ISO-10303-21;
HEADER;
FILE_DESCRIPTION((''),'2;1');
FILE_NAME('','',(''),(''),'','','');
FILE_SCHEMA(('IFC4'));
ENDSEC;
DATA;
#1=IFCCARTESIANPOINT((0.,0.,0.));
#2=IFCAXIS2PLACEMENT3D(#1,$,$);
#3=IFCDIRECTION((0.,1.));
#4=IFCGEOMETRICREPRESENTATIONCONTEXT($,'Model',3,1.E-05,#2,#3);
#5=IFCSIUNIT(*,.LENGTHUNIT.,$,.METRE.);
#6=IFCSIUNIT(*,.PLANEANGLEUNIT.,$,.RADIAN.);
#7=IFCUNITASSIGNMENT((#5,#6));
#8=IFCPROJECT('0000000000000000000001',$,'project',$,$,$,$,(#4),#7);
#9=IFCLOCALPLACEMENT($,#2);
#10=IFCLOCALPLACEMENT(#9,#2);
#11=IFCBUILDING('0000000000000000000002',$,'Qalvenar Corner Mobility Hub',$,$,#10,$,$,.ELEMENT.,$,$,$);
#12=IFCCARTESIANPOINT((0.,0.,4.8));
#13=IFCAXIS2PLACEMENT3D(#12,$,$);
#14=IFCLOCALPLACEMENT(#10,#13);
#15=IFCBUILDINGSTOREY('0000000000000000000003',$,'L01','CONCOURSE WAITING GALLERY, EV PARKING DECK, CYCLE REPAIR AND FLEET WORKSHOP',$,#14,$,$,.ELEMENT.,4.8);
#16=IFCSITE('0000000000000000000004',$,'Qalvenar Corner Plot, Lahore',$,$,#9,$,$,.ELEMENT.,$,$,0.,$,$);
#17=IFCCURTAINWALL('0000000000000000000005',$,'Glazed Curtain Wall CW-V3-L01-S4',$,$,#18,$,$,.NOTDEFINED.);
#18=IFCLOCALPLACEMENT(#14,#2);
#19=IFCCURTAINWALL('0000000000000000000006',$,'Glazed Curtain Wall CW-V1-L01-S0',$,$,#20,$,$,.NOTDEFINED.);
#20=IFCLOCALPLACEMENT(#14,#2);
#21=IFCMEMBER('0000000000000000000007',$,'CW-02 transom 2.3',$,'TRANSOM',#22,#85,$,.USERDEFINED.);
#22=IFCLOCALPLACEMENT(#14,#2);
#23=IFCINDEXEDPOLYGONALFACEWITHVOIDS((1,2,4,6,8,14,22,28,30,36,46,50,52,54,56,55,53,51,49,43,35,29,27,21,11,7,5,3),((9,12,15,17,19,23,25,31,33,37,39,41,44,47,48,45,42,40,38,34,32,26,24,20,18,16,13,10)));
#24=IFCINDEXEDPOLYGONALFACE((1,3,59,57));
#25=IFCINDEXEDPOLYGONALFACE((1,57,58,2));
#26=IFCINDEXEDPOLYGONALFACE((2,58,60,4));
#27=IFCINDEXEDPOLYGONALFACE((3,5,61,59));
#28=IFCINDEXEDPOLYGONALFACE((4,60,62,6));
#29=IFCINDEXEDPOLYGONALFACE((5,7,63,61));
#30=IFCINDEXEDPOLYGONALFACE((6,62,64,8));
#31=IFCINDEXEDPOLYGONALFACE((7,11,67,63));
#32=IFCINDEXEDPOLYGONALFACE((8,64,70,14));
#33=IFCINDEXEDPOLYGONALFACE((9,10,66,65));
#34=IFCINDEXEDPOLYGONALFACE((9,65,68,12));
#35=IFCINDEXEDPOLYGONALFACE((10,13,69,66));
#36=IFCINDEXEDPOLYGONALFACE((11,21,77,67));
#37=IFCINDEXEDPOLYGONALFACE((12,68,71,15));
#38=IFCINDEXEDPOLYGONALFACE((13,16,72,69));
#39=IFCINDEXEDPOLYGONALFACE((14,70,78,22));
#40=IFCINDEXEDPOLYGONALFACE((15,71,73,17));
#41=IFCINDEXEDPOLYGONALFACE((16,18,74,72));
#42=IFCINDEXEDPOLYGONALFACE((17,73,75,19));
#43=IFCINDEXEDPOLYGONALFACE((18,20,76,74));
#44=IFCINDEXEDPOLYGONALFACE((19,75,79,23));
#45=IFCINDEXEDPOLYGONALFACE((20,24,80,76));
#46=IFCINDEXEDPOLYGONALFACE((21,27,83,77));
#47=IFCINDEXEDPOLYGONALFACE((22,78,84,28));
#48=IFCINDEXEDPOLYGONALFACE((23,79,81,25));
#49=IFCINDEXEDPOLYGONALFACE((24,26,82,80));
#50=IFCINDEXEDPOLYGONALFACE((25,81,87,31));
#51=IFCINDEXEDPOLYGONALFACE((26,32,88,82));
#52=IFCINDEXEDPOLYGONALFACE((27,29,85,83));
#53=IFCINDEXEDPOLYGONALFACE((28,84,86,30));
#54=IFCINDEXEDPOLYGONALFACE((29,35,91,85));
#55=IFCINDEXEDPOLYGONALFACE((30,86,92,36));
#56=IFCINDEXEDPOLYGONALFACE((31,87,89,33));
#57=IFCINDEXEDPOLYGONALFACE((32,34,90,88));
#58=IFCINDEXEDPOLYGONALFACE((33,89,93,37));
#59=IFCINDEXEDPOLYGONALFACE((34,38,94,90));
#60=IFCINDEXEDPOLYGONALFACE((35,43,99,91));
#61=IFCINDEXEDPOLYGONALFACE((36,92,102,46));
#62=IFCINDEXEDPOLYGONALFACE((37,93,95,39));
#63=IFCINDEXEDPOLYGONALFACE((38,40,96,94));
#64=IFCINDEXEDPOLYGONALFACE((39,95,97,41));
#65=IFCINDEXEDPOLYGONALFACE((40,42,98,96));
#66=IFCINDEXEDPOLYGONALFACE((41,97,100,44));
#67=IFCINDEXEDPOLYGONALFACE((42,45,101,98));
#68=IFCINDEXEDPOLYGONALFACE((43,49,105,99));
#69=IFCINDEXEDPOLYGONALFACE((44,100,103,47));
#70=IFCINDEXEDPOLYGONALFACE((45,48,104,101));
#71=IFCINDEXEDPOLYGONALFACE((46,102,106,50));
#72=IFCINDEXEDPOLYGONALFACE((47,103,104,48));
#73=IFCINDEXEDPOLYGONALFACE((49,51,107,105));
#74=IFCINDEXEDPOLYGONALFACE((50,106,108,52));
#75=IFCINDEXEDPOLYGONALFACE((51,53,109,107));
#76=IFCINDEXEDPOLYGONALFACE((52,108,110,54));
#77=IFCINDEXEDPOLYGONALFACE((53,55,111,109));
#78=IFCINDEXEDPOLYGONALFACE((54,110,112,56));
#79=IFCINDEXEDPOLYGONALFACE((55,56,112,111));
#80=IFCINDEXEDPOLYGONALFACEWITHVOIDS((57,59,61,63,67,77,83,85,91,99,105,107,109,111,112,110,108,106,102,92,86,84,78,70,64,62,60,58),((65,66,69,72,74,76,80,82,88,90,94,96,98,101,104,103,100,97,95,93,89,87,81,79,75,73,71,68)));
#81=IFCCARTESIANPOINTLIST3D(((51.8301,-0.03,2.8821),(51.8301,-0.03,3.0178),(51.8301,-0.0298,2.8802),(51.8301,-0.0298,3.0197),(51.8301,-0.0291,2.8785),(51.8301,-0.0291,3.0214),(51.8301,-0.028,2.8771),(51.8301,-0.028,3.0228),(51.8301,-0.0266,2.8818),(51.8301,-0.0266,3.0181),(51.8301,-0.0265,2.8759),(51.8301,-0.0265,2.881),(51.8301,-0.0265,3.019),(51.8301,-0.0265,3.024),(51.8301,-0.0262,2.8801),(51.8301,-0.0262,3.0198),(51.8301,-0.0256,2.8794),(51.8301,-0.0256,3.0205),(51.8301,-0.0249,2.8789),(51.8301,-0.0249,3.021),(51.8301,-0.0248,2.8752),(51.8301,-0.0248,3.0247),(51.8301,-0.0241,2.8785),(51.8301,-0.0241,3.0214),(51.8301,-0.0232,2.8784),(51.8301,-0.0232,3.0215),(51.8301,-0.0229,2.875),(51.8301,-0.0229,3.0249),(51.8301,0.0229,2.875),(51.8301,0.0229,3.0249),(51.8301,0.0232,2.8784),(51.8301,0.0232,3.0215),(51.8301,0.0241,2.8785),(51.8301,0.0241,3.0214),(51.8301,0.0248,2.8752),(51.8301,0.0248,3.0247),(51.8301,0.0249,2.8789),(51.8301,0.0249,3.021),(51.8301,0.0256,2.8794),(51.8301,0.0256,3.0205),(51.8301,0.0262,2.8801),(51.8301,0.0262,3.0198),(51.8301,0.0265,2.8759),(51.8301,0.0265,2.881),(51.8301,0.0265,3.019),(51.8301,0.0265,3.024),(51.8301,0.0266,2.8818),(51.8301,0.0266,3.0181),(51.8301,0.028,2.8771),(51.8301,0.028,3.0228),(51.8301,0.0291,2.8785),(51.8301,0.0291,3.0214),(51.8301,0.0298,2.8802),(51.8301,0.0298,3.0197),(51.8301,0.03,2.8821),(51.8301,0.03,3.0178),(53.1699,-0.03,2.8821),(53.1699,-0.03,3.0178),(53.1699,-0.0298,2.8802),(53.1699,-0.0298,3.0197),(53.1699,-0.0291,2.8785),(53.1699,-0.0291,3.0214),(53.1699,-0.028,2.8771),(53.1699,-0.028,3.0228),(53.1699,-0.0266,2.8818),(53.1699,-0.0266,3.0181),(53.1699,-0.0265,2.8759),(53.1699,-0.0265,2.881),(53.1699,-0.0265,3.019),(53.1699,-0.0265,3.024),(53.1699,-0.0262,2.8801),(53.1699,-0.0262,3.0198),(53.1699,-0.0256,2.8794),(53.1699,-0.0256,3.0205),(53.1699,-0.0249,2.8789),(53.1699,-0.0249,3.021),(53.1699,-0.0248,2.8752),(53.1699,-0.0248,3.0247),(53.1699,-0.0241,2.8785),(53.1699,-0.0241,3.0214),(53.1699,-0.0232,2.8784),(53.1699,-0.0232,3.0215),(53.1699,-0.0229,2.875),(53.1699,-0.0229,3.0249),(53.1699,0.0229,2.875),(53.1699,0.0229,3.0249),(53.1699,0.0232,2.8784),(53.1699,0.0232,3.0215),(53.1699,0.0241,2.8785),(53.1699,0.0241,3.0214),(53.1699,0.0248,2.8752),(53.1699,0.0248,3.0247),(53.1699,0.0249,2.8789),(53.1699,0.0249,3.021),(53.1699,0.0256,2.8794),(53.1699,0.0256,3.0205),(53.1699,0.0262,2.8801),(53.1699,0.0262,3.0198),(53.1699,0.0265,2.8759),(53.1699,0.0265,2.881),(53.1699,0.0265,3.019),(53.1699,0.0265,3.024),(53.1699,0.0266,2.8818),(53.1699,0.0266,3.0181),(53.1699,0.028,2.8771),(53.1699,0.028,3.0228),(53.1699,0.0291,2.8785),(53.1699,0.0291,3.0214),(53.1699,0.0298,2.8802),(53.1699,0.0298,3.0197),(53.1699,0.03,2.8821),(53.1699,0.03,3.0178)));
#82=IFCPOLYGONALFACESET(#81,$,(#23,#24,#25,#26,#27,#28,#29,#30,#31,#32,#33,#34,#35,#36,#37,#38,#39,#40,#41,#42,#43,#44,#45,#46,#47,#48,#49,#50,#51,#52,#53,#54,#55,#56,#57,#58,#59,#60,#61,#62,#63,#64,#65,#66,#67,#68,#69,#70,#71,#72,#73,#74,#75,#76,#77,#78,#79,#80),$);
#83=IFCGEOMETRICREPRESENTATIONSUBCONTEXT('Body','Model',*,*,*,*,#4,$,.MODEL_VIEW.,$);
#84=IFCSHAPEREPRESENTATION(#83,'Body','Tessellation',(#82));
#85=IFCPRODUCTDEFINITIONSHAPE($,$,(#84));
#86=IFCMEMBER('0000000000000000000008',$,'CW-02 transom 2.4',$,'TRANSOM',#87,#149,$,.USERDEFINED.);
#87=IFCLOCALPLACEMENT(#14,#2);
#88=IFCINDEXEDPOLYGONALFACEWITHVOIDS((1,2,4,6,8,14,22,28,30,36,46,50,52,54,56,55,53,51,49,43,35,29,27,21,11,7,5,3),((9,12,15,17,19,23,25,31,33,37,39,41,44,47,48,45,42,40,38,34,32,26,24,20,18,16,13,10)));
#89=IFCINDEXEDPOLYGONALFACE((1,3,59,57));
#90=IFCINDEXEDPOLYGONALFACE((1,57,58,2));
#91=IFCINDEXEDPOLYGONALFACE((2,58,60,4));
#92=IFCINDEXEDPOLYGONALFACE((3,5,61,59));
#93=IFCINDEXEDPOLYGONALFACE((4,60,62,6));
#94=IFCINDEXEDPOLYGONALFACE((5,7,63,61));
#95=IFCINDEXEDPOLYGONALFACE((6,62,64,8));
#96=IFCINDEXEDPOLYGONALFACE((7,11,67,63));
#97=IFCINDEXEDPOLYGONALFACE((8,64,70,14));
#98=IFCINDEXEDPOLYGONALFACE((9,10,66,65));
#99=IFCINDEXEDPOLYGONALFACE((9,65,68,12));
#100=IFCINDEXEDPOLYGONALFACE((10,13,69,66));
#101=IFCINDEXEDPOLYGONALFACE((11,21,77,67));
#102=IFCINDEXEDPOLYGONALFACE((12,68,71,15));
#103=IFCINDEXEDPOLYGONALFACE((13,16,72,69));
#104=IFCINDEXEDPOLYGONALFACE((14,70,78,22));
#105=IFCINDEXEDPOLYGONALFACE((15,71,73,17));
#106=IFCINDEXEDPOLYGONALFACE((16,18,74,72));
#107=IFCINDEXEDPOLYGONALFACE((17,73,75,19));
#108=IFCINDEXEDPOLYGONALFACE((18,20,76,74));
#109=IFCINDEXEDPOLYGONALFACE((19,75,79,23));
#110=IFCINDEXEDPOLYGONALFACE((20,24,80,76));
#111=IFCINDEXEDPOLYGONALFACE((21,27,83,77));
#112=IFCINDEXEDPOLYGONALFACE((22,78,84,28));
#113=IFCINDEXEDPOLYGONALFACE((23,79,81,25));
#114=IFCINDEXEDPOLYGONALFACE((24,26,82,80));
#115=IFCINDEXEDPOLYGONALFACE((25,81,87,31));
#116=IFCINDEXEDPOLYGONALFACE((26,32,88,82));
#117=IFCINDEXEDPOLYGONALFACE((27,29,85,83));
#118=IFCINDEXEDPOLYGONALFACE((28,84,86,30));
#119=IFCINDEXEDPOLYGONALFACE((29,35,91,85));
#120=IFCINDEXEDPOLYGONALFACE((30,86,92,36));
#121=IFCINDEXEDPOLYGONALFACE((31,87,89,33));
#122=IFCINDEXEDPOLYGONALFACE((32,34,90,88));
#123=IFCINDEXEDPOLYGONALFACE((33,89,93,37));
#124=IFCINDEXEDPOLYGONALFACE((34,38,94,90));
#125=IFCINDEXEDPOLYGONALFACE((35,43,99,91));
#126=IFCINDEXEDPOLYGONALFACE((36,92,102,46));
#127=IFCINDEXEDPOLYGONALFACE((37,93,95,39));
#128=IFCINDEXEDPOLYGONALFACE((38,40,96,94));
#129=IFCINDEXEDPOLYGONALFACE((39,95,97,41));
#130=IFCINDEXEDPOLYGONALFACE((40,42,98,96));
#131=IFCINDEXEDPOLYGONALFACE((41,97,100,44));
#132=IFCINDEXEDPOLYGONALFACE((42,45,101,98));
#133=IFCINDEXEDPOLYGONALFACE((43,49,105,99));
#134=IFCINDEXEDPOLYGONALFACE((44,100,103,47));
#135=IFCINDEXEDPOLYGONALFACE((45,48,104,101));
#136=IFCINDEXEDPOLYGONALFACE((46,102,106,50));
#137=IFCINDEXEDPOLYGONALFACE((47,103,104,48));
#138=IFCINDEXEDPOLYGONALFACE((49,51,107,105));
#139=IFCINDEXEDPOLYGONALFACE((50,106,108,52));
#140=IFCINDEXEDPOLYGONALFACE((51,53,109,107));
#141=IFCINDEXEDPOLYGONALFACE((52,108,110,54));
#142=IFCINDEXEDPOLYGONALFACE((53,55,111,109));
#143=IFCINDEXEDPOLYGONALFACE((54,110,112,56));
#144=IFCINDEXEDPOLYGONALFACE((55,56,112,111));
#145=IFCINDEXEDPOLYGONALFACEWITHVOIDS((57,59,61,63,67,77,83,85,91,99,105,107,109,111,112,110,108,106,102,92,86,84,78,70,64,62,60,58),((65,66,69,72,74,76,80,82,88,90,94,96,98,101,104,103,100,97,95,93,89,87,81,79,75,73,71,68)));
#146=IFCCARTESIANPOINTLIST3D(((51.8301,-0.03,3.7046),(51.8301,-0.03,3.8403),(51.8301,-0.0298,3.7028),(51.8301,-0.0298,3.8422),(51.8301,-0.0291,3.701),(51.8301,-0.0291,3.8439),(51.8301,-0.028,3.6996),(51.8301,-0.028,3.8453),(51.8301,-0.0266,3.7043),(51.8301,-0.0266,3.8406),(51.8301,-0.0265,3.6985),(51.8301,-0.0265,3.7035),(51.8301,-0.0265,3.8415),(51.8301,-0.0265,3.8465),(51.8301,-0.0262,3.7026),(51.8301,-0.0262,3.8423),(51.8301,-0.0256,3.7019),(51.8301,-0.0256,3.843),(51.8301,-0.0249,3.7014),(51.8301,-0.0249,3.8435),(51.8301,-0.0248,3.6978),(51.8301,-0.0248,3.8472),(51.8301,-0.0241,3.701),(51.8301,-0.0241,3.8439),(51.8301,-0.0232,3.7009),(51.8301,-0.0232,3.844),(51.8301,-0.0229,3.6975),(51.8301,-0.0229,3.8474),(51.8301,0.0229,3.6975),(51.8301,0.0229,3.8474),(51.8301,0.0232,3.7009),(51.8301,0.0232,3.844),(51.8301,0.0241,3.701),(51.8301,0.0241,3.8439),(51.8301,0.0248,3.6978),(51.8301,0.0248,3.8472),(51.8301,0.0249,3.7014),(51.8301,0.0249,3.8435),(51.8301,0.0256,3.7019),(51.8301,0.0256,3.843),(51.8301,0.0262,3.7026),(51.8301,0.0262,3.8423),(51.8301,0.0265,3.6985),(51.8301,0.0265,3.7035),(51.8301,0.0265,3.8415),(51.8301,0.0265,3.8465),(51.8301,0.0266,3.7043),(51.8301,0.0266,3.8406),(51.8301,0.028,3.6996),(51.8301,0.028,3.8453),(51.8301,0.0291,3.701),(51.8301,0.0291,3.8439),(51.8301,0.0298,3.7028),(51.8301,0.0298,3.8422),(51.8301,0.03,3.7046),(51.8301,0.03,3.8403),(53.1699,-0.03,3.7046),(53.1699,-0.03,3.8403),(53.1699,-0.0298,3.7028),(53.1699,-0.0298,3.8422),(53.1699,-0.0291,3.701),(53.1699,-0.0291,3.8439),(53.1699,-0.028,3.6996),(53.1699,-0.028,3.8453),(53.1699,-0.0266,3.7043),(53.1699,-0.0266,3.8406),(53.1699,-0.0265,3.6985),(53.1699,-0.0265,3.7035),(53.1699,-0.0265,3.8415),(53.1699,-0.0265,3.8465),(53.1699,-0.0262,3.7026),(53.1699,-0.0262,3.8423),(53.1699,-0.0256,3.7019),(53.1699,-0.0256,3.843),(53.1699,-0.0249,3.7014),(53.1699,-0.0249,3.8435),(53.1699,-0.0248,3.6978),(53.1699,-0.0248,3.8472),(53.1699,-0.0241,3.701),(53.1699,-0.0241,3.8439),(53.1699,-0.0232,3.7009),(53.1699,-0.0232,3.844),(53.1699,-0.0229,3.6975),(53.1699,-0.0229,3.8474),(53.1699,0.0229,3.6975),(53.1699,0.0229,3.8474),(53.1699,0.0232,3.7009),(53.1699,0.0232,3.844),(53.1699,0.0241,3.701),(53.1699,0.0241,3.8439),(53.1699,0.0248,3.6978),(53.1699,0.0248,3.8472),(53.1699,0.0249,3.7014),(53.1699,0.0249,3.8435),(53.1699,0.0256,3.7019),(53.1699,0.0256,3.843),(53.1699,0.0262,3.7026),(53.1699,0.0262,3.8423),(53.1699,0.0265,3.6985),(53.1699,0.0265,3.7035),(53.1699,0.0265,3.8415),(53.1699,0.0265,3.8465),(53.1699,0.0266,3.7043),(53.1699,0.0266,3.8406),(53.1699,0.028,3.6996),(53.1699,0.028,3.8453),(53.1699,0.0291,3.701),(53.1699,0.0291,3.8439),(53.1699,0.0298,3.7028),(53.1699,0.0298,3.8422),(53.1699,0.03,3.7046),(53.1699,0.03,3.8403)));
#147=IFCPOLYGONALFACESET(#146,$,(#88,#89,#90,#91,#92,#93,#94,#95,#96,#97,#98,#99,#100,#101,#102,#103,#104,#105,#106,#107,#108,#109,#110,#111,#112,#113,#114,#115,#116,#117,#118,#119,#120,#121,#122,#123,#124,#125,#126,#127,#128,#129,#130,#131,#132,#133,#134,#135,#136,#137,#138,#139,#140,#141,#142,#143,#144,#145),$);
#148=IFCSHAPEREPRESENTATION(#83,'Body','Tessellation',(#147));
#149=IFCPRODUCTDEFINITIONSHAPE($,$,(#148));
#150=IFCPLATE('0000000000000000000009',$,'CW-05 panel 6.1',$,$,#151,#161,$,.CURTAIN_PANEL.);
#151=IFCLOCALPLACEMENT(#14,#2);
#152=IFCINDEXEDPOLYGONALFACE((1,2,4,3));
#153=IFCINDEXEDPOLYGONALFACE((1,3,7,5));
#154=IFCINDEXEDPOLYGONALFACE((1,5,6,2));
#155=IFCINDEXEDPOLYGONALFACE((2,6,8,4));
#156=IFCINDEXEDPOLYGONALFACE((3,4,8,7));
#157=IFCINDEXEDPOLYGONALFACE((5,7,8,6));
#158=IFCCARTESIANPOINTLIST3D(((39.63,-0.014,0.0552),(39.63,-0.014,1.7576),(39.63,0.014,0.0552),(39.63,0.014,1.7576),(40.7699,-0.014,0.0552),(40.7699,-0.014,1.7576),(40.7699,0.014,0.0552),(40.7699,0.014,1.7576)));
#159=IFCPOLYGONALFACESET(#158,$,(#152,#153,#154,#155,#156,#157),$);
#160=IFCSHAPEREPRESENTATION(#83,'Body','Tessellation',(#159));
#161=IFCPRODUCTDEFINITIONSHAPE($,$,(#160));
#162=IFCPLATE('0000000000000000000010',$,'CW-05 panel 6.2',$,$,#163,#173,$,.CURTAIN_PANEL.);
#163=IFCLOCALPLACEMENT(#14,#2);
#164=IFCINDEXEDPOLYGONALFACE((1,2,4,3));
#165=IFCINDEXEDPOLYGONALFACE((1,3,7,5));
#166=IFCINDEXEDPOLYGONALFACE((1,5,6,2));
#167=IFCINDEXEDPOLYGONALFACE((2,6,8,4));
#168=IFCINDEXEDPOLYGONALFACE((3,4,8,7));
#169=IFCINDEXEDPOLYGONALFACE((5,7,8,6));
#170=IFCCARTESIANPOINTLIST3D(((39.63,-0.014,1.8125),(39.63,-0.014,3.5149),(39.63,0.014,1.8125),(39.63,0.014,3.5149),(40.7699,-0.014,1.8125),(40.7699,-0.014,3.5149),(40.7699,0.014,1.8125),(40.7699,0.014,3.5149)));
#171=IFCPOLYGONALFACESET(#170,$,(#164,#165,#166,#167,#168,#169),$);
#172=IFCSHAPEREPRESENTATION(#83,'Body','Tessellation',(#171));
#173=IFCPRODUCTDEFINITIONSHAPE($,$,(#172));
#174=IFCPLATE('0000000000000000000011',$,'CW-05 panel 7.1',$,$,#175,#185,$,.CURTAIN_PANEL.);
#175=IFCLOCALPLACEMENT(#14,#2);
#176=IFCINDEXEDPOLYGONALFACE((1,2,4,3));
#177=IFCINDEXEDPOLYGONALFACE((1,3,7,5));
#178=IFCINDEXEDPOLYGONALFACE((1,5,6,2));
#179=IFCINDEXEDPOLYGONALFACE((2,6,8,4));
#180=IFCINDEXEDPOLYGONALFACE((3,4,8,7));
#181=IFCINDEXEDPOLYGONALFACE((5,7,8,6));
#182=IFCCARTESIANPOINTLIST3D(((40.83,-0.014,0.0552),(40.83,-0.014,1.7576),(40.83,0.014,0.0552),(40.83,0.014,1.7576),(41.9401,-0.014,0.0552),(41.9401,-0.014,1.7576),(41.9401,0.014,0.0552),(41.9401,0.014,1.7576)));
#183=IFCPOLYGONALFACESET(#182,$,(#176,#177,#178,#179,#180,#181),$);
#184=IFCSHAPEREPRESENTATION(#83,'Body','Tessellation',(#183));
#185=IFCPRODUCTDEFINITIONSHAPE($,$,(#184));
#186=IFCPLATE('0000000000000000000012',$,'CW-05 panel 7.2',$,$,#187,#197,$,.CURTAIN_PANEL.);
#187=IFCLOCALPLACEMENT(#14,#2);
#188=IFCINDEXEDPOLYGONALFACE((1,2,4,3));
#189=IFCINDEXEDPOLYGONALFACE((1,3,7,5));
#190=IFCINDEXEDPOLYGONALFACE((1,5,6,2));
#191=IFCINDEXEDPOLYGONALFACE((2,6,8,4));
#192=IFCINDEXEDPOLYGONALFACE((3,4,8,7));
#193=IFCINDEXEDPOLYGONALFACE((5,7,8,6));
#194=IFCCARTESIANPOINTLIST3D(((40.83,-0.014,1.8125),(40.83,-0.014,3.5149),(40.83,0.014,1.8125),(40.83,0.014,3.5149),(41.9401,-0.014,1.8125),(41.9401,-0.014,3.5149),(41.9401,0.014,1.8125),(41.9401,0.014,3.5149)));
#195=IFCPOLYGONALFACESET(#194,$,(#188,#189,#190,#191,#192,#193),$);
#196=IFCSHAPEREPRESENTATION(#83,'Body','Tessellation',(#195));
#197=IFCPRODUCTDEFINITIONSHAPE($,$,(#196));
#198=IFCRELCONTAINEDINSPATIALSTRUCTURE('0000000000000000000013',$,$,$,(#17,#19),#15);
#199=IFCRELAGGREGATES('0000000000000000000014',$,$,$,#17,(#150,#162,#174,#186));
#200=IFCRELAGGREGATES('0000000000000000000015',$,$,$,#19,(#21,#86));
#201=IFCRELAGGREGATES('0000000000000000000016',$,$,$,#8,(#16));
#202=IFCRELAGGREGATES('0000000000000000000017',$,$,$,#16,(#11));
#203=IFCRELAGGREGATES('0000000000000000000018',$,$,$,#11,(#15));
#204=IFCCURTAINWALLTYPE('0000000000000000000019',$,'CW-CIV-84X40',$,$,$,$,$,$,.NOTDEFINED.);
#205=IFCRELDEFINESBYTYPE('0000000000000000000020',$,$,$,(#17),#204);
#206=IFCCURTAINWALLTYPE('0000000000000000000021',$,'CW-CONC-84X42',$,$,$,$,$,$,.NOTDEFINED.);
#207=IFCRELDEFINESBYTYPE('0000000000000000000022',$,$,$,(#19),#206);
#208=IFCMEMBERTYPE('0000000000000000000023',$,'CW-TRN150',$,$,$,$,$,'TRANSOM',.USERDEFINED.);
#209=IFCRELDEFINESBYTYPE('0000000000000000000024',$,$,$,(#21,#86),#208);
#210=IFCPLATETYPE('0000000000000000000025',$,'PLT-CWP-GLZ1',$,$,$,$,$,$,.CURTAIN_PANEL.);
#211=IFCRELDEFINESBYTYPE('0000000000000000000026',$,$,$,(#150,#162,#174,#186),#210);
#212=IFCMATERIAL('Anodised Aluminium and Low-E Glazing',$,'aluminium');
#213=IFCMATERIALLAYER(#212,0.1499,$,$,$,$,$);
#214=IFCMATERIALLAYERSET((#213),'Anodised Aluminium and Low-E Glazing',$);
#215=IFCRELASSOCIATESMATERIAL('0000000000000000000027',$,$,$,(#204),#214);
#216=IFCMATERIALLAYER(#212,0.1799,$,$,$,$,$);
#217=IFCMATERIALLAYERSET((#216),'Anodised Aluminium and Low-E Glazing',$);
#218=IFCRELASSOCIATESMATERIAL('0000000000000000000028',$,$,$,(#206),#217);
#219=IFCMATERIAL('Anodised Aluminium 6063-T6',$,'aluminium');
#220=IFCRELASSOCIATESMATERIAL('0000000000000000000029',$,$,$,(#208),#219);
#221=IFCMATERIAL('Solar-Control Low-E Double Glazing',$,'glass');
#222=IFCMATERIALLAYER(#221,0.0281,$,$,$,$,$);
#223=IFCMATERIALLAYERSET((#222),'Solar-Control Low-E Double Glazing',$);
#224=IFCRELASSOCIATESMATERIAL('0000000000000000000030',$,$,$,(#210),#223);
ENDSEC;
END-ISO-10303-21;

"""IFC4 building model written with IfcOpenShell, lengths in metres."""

from ifc_helpers import new_model, si_unit, direction, frame, origin, origin_2d, place, context, subcontext, project, spatial, rectangle, hollow_rectangle, extrude, material, layer, layer_set, material_profile, profile_set, type_object, element, aggregate, save


model = new_model("IFC4")

# Units and contexts
model_context = context("Model", 3, precision=1e-05, world=origin(), true_north=direction((0.0, 1.0)))
body_context = subcontext(model_context, "Body", "Model", "MODEL_VIEW")
ifc_project = project(units=[si_unit("LENGTHUNIT", "METRE"), si_unit("PLANEANGLEUNIT", "RADIAN")], contexts=[model_context])

# Site, building, storey
site_placement = place(None, origin())
site = spatial("IfcSite", under=ifc_project, at=site_placement, Name="Qalvenar Corner Plot, Lahore", CompositionType="ELEMENT", RefElevation=0.0)
building_placement = place(site_placement, origin())
building = spatial("IfcBuilding", under=site, at=building_placement, Name="Qalvenar Corner Mobility Hub", CompositionType="ELEMENT")
storey_placement = place(building_placement, frame((0.0, 0.0, 4.8)))
storey = spatial("IfcBuildingStorey", under=building, at=storey_placement, Name="L01", Description="CONCOURSE WAITING GALLERY, EV PARKING DECK, CYCLE REPAIR AND FLEET WORKSHOP", CompositionType="ELEMENT", Elevation=4.8)

# Curtain walls
ifc_material_1 = material(Name="Anodised Aluminium and Low-E Glazing", Category="aluminium")
ifc_layer_1 = layer(ifc_material_1, 0.1499)
ifc_layer_set_1 = layer_set([ifc_layer_1], Name="Anodised Aluminium and Low-E Glazing")
curtain_wall_type_1 = type_object("IfcCurtainWallType", Name="CW-CIV-84X40", PredefinedType="NOTDEFINED", material=ifc_layer_set_1)
curtain_wall_1_placement = place(storey_placement, origin())
curtain_wall_1 = element("IfcCurtainWall", 1, at=curtain_wall_1_placement, inside=storey, type_object=curtain_wall_type_1, Name="Glazed Curtain Wall CW-V3-L01-S4", PredefinedType="NOTDEFINED")
ifc_material_2 = material(Name="Anodised Aluminium 6063-T6", Category="aluminium")
ifc_layer_2 = layer(ifc_material_1, 0.1799)
ifc_layer_set_2 = layer_set([ifc_layer_2], Name="Anodised Aluminium and Low-E Glazing")
curtain_wall_type_2 = type_object("IfcCurtainWallType", Name="CW-CONC-84X42", PredefinedType="NOTDEFINED", material=ifc_layer_set_2)
curtain_wall_2_placement = place(storey_placement, origin())
curtain_wall_2 = element("IfcCurtainWall", 2, at=curtain_wall_2_placement, inside=storey, type_object=curtain_wall_type_2, Name="Glazed Curtain Wall CW-V1-L01-S0", PredefinedType="NOTDEFINED")

# Members
ifc_material_profile_1 = material_profile(ifc_material_2, hollow_rectangle(XDim=0.0601, YDim=0.1499, WallThickness=0.0034, InnerFilletRadius=0.0034, OuterFilletRadius=0.0071, at=origin_2d()), Name="RHS150x60x3.5")
ifc_profile_set_1 = profile_set([ifc_material_profile_1], Name="Anodised Aluminium 6063-T6")
member_type_1 = type_object("IfcMemberType", Name="CW-TRN150", ElementType="TRANSOM", PredefinedType="USERDEFINED", material=ifc_profile_set_1)
member_1_placement = place(storey_placement, frame((51.8301, 0.0, 2.95), z_axis=(1.0, 0.0, 0.0), x_axis=(0.0, 1.0, 0.0)))
member_1 = element("IfcMember", 3, at=member_1_placement, type_object=member_type_1, Name="CW-02 transom 2.3", ObjectType="TRANSOM", PredefinedType="USERDEFINED", context=body_context, shape_type="SweptSolid", body=[
    extrude(hollow_rectangle(XDim=0.0601, YDim=0.1499, WallThickness=0.0034, InnerFilletRadius=0.0034, OuterFilletRadius=0.0071, at=origin_2d()), origin(), (0.0, 0.0, 1.0), 1.3398),
])
member_2_placement = place(storey_placement, frame((51.8301, 0.0, 3.7725), z_axis=(1.0, 0.0, 0.0), x_axis=(0.0, 1.0, 0.0)))
member_2 = element("IfcMember", 4, at=member_2_placement, type_object=member_type_1, Name="CW-02 transom 2.4", ObjectType="TRANSOM", PredefinedType="USERDEFINED", context=body_context, shape_type="SweptSolid", body=[
    extrude(hollow_rectangle(XDim=0.0601, YDim=0.1499, WallThickness=0.0034, InnerFilletRadius=0.0034, OuterFilletRadius=0.0071, at=origin_2d()), origin(), (0.0, 0.0, 1.0), 1.3398),
])

# Plates
ifc_material_3 = material(Name="Solar-Control Low-E Double Glazing", Category="glass")
ifc_layer_3 = layer(ifc_material_3, 0.0281)
ifc_layer_set_3 = layer_set([ifc_layer_3], Name="Solar-Control Low-E Double Glazing")
plate_type = type_object("IfcPlateType", Name="PLT-CWP-GLZ1", PredefinedType="CURTAIN_PANEL", material=ifc_layer_set_3)
plate_1_placement = place(storey_placement, frame((40.2, 0.0, 0.0552), z_axis=(0.0, 0.0, 1.0), x_axis=(1.0, 0.0, 0.0)))
plate_1 = element("IfcPlate", 5, at=plate_1_placement, type_object=plate_type, Name="CW-05 panel 6.1", PredefinedType="CURTAIN_PANEL", context=body_context, shape_type="SweptSolid", body=[
    extrude(rectangle(XDim=1.1399, YDim=0.0281, at=origin_2d()), origin(), (0.0, 0.0, 1.0), 1.7024),
])
plate_2_placement = place(storey_placement, frame((40.2, 0.0, 1.8125), z_axis=(0.0, 0.0, 1.0), x_axis=(1.0, 0.0, 0.0)))
plate_2 = element("IfcPlate", 6, at=plate_2_placement, type_object=plate_type, Name="CW-05 panel 6.2", PredefinedType="CURTAIN_PANEL", context=body_context, shape_type="SweptSolid", body=[
    extrude(rectangle(XDim=1.1399, YDim=0.0281, at=origin_2d()), origin(), (0.0, 0.0, 1.0), 1.7024),
])
plate_3_placement = place(storey_placement, frame((41.385, 0.0, 0.0552), z_axis=(0.0, 0.0, 1.0), x_axis=(1.0, 0.0, 0.0)))
plate_3 = element("IfcPlate", 7, at=plate_3_placement, type_object=plate_type, Name="CW-05 panel 7.1", PredefinedType="CURTAIN_PANEL", context=body_context, shape_type="SweptSolid", body=[
    extrude(rectangle(XDim=1.1101, YDim=0.0281, at=origin_2d()), origin(), (0.0, 0.0, 1.0), 1.7024),
])
plate_4_placement = place(storey_placement, frame((41.385, 0.0, 1.8125), z_axis=(0.0, 0.0, 1.0), x_axis=(1.0, 0.0, 0.0)))
plate_4 = element("IfcPlate", 8, at=plate_4_placement, type_object=plate_type, Name="CW-05 panel 7.2", PredefinedType="CURTAIN_PANEL", context=body_context, shape_type="SweptSolid", body=[
    extrude(rectangle(XDim=1.1101, YDim=0.0281, at=origin_2d()), origin(), (0.0, 0.0, 1.0), 1.7024),
])
aggregate(curtain_wall_1, [plate_1, plate_2, plate_3, plate_4])
aggregate(curtain_wall_2, [member_1, member_2])

save(model, "model.ifc")
